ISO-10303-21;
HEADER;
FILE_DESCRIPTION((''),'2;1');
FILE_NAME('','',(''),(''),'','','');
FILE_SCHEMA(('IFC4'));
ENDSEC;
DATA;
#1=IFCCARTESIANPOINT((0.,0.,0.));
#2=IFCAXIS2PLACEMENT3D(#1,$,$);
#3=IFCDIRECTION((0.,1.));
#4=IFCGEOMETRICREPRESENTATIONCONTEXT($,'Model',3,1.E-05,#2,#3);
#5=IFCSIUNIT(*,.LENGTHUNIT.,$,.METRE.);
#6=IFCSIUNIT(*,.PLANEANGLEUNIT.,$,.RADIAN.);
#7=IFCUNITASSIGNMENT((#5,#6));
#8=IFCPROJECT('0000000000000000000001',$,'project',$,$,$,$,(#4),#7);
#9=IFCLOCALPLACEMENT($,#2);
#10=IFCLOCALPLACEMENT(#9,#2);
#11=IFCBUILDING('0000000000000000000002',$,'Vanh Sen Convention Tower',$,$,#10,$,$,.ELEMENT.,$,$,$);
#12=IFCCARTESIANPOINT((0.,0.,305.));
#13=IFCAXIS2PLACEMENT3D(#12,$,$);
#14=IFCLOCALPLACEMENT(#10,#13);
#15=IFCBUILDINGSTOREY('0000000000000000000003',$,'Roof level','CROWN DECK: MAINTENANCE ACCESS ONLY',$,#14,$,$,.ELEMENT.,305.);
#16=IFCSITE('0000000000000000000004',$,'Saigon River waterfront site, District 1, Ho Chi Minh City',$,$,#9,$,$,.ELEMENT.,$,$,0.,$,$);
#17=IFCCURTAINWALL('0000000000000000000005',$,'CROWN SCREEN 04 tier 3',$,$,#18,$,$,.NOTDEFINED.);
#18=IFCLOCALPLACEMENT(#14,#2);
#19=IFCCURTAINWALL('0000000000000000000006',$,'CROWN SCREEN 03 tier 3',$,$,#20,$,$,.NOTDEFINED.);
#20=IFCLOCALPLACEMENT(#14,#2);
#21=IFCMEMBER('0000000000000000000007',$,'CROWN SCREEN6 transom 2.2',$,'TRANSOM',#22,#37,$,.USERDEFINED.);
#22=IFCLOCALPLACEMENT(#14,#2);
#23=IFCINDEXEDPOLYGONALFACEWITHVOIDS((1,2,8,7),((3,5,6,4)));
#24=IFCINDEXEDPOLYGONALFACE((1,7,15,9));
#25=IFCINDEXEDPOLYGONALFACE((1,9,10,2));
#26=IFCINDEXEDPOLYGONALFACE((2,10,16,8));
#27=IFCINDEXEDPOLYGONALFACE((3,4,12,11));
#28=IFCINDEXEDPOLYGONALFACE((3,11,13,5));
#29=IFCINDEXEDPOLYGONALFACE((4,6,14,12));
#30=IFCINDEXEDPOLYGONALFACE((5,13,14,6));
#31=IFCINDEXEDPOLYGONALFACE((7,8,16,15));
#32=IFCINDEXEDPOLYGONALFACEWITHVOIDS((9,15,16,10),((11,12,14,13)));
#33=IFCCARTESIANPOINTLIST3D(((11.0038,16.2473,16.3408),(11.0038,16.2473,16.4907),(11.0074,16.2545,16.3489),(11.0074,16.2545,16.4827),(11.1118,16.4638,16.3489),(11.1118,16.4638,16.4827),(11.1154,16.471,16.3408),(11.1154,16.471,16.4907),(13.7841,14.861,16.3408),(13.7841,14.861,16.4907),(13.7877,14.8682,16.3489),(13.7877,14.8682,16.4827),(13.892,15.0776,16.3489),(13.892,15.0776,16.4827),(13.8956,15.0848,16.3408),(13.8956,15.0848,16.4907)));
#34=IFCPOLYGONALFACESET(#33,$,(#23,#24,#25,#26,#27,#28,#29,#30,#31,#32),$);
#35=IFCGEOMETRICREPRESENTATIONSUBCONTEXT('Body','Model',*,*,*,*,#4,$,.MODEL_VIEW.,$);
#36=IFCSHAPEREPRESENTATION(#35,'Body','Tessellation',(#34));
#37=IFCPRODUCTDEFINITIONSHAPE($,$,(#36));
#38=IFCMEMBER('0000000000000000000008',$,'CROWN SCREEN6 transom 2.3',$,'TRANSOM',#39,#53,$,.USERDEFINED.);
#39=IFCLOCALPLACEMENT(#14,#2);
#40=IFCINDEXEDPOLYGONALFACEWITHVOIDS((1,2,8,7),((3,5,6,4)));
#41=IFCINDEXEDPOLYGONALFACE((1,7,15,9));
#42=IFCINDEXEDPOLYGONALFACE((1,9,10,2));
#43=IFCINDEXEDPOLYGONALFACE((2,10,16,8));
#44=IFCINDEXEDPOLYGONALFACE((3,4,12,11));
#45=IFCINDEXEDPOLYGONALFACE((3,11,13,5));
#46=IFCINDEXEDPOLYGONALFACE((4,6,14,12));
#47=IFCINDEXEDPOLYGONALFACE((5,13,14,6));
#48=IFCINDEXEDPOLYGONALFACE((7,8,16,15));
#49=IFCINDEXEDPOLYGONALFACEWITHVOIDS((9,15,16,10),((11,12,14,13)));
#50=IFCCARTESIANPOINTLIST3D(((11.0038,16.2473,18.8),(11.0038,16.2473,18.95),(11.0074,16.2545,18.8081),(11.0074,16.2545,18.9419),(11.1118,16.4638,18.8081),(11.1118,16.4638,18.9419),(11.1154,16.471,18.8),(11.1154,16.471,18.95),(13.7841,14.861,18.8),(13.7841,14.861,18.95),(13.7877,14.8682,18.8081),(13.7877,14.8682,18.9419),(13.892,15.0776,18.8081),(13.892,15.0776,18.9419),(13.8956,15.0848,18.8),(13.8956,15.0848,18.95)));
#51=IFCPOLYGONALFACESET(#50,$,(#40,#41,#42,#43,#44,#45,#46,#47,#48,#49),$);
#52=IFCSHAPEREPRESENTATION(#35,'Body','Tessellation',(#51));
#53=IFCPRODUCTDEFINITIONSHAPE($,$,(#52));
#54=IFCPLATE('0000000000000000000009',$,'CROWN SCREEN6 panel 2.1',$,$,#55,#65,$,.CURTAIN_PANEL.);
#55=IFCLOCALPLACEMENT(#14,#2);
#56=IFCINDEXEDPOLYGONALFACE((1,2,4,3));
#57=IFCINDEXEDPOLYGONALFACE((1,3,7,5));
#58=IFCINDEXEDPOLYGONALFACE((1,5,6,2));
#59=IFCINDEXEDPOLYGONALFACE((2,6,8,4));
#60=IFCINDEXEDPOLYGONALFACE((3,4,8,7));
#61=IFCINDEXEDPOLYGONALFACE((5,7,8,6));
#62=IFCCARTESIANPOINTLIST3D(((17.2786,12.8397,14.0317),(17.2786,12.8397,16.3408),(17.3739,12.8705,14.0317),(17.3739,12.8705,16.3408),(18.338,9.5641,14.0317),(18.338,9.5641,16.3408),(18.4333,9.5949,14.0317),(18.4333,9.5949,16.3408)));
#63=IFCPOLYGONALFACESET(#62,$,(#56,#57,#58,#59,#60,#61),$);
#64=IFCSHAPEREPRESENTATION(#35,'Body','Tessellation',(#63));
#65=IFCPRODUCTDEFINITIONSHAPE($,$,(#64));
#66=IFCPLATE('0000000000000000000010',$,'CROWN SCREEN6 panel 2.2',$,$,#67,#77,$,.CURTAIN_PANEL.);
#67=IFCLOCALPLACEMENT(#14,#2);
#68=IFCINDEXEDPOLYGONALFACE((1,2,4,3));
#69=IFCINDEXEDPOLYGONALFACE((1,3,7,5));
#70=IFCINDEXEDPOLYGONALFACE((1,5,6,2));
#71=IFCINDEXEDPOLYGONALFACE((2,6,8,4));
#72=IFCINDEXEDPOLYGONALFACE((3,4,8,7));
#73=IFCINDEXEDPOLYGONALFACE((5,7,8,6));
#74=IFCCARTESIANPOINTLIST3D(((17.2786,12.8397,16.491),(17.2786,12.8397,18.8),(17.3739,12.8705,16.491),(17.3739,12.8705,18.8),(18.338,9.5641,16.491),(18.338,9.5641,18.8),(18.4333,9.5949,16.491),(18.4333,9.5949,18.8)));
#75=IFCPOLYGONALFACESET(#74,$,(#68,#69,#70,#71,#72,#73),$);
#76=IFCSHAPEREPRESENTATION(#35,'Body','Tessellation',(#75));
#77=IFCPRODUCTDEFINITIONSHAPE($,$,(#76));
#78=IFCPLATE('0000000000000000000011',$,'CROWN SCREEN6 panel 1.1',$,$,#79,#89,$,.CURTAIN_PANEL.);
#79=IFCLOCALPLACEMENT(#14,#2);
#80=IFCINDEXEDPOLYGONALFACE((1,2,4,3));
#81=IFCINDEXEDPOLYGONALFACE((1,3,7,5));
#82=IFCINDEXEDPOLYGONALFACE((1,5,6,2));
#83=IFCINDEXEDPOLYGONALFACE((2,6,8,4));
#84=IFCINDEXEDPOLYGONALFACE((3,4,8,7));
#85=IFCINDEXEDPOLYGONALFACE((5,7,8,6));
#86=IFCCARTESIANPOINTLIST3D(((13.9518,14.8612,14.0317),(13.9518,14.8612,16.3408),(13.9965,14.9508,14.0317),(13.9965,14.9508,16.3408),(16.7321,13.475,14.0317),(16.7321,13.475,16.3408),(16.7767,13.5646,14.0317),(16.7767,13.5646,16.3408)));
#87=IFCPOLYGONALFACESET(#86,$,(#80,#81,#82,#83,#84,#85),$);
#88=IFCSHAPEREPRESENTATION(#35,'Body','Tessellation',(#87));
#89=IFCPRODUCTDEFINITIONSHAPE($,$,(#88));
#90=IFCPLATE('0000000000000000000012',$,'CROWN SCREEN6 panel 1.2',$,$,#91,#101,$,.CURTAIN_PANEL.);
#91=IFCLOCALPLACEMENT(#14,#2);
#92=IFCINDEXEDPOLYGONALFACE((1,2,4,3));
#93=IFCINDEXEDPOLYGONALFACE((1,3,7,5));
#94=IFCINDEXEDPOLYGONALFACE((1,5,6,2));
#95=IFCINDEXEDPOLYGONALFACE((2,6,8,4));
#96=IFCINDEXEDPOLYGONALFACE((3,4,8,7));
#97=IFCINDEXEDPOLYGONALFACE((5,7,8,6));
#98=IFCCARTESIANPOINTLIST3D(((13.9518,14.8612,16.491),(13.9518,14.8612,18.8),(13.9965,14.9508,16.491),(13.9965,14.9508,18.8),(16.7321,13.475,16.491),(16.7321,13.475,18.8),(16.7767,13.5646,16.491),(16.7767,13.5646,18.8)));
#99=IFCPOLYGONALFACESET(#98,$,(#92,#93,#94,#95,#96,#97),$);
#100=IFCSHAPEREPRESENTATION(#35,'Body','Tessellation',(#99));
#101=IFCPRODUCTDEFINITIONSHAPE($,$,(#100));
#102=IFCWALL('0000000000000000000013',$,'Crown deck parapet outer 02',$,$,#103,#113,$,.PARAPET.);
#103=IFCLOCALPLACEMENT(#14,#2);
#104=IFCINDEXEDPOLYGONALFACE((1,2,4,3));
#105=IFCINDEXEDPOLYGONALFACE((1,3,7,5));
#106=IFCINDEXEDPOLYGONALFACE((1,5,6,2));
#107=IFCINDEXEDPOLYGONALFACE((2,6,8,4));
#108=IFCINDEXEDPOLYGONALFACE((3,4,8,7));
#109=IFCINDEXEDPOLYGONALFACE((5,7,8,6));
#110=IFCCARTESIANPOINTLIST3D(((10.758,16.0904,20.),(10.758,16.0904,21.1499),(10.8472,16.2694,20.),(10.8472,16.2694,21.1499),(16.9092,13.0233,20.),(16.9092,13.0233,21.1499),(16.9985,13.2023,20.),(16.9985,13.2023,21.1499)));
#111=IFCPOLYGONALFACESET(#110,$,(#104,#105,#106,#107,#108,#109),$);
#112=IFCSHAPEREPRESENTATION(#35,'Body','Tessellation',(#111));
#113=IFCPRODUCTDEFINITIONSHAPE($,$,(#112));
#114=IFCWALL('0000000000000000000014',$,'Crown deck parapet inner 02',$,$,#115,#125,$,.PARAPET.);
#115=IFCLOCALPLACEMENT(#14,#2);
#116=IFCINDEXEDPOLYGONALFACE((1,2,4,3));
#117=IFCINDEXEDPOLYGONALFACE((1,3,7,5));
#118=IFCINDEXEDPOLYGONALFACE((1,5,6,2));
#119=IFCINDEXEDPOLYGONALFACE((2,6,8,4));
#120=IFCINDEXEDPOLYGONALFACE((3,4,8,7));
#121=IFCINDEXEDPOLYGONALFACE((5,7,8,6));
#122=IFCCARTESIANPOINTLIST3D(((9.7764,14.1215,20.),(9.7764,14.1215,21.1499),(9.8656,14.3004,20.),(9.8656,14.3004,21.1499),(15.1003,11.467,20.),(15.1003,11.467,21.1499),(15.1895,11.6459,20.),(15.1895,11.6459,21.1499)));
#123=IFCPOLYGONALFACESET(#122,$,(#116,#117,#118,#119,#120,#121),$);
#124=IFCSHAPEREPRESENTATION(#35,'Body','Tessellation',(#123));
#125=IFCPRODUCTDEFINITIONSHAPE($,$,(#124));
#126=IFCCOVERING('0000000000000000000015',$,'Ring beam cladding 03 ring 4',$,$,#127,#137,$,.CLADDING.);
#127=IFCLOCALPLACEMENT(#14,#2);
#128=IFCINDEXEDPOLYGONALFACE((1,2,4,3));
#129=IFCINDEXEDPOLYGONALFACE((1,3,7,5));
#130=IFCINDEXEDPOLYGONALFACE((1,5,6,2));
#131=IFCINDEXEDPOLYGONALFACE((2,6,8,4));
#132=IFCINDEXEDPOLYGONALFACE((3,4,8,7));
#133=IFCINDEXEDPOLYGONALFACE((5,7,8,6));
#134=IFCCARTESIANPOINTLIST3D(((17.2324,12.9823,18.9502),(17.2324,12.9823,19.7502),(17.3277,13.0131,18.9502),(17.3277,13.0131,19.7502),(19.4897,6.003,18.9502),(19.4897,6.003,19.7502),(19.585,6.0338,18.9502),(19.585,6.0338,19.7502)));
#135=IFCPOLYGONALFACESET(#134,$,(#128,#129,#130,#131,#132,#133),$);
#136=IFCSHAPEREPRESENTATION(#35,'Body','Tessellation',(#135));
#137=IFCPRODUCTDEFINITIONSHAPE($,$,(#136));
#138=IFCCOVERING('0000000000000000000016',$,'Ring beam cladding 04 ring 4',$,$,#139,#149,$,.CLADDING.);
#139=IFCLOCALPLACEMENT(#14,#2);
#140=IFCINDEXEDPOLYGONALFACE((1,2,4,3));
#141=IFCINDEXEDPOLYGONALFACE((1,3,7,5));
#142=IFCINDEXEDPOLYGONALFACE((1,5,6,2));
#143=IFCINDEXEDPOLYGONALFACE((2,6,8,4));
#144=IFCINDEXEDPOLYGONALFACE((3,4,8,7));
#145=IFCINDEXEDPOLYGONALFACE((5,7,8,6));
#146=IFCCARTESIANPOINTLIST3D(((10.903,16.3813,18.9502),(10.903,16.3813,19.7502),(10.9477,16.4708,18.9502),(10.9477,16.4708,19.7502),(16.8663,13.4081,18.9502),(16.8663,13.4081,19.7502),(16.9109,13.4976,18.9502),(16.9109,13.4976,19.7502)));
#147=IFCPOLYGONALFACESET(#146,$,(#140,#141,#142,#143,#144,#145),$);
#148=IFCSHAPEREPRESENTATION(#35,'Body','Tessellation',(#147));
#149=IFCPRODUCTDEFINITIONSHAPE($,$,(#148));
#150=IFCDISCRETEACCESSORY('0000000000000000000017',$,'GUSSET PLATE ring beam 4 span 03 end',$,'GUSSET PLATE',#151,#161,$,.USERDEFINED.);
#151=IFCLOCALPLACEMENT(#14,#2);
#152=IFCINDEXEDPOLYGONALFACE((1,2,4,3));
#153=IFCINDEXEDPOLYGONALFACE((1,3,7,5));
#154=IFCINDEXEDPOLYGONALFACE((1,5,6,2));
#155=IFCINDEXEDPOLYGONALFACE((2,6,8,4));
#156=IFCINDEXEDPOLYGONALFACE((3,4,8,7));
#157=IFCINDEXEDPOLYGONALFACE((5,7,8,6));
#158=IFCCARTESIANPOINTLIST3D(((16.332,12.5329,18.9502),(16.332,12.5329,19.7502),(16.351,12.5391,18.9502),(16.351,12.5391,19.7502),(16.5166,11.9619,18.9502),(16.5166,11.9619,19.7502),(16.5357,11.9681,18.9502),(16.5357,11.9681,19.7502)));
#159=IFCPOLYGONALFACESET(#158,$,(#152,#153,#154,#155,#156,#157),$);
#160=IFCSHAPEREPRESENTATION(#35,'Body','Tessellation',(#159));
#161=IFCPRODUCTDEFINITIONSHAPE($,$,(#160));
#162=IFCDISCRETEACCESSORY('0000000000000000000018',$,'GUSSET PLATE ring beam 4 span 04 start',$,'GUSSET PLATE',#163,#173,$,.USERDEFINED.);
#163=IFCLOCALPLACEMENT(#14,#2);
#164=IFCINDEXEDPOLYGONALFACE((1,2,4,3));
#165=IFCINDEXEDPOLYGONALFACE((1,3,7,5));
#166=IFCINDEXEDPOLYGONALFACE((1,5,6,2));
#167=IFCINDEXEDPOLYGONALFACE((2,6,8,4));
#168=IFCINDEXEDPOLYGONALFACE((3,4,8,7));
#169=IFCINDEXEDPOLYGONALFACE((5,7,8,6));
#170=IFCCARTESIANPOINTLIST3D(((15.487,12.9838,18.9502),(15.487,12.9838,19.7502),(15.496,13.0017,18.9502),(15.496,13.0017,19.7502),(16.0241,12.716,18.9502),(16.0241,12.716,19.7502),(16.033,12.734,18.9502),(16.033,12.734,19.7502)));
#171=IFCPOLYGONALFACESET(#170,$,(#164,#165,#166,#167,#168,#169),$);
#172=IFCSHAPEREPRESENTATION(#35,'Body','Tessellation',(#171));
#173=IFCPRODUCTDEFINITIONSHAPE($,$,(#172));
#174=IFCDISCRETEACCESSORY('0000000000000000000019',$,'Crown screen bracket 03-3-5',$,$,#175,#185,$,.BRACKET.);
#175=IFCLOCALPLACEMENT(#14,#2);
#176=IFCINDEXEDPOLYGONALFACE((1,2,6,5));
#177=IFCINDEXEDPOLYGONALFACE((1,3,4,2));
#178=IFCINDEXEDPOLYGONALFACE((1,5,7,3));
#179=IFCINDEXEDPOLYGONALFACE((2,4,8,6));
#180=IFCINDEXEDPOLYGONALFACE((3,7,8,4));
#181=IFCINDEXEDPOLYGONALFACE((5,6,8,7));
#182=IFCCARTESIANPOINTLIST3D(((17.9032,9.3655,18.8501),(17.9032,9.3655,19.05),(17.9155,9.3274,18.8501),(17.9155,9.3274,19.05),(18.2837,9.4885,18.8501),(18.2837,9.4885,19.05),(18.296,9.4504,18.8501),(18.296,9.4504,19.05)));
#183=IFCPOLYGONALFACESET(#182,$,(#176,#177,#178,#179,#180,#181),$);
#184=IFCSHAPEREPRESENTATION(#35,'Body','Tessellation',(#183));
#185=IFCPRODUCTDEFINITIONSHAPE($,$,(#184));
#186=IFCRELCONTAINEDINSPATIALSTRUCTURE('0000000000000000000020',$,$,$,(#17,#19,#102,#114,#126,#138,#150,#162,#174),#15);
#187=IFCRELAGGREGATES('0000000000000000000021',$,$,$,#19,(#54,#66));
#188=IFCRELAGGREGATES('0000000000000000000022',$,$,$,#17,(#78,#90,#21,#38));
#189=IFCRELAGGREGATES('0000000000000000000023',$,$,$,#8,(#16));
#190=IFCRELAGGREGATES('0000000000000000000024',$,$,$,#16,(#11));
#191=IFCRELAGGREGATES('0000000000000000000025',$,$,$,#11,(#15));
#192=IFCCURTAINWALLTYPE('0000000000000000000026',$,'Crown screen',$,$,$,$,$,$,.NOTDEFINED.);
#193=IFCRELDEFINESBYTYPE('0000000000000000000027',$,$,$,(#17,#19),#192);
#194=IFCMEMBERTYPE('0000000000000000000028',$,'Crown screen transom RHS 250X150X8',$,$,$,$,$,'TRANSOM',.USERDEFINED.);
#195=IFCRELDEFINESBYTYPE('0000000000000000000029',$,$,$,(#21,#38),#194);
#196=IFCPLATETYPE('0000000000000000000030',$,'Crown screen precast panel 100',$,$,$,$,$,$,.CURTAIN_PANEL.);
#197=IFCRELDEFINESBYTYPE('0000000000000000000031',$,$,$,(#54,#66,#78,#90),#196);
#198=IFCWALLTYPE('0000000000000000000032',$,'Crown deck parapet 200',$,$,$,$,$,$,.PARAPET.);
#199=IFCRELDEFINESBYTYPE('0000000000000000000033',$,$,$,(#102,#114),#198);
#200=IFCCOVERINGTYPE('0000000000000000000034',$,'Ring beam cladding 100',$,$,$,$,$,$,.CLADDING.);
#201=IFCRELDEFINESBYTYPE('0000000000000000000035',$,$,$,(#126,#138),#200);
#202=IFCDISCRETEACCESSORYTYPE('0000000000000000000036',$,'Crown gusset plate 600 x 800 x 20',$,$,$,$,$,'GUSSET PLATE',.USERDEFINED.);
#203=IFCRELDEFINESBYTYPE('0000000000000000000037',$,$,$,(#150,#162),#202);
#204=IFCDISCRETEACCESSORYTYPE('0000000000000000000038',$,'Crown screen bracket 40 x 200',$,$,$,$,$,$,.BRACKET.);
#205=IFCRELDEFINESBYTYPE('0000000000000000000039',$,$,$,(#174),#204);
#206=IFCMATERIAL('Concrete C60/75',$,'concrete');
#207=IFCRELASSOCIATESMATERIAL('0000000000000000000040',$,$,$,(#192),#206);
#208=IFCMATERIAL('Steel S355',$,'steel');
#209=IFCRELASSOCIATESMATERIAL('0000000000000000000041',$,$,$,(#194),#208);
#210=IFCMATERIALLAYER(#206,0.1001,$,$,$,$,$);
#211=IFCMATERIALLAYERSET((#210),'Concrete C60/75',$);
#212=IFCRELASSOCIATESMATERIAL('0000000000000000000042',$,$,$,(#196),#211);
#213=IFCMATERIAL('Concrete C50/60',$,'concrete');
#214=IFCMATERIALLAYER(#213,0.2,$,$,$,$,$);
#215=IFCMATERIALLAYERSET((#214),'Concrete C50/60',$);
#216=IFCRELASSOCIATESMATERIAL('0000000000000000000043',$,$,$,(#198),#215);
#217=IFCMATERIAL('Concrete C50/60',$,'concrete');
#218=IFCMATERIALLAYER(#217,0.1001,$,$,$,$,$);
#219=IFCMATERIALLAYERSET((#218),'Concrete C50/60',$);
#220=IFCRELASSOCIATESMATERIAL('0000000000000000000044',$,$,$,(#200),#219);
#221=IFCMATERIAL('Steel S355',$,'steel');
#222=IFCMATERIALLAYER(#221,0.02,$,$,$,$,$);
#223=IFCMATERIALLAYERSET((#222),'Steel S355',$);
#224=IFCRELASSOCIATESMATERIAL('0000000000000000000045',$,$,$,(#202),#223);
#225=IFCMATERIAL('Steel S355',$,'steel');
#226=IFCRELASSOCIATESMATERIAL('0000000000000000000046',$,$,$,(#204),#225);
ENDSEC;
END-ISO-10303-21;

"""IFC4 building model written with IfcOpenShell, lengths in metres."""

from ifc_helpers import new_model, si_unit, direction, frame, frame_2d, origin, origin_2d, place, context, subcontext, project, spatial, rectangle, hollow_rectangle, extrude, material, layer, layer_set, material_profile, profile_set, type_object, element, aggregate, save


model = new_model("IFC4")

# Units and contexts
model_context = context("Model", 3, precision=1e-05, world=origin(), true_north=direction((0.0, 1.0)))
body_context = subcontext(model_context, "Body", "Model", "MODEL_VIEW")
ifc_project = project(units=[si_unit("LENGTHUNIT", "METRE"), si_unit("PLANEANGLEUNIT", "RADIAN")], contexts=[model_context])

# Site, building, storey
site_placement = place(None, origin())
site = spatial("IfcSite", under=ifc_project, at=site_placement, Name="Saigon River waterfront site, District 1, Ho Chi Minh City", CompositionType="ELEMENT", RefElevation=0.0)
building_placement = place(site_placement, origin())
building = spatial("IfcBuilding", under=site, at=building_placement, Name="Vanh Sen Convention Tower", CompositionType="ELEMENT")
storey_placement = place(building_placement, frame((0.0, 0.0, 305.0)))
storey = spatial("IfcBuildingStorey", under=building, at=storey_placement, Name="Roof level", Description="CROWN DECK: MAINTENANCE ACCESS ONLY", CompositionType="ELEMENT", Elevation=305.0)

# Curtain walls
ifc_material_1 = material(Name="Concrete C60/75", Category="concrete")
curtain_wall_type = type_object("IfcCurtainWallType", Name="Crown screen", PredefinedType="NOTDEFINED", material=ifc_material_1)
curtain_wall_1_placement = place(storey_placement, origin())
curtain_wall_1 = element("IfcCurtainWall", 1, at=curtain_wall_1_placement, inside=storey, type_object=curtain_wall_type, Name="CROWN SCREEN 04 tier 3", PredefinedType="NOTDEFINED")
ifc_material_2 = material(Name="Steel S355", Category="steel")
curtain_wall_2_placement = place(storey_placement, origin())
curtain_wall_2 = element("IfcCurtainWall", 2, at=curtain_wall_2_placement, inside=storey, type_object=curtain_wall_type, Name="CROWN SCREEN 03 tier 3", PredefinedType="NOTDEFINED")
ifc_material_profile_1 = material_profile(ifc_material_2, hollow_rectangle(XDim=0.25, YDim=0.1499, WallThickness=0.0081, at=origin_2d()), Name="RHS 250X150X8")
ifc_profile_set_1 = profile_set([ifc_material_profile_1], Name="Steel S355")
member_type_1 = type_object("IfcMemberType", Name="Crown screen transom RHS 250X150X8", ElementType="TRANSOM", PredefinedType="USERDEFINED", material=ifc_profile_set_1)

# Members
member_1_placement = place(storey_placement, frame((13.8398, 14.9729, 16.4158), z_axis=(-0.89493, 0.446207, 0.0), x_axis=(-0.446207, -0.89493, 0.0)))
member_1 = element("IfcMember", 3, at=member_1_placement, type_object=member_type_1, Name="CROWN SCREEN6 transom 2.2", ObjectType="TRANSOM", PredefinedType="USERDEFINED", context=body_context, shape_type="SweptSolid", body=[
    extrude(hollow_rectangle(XDim=0.25, YDim=0.1499, WallThickness=0.0081, at=origin_2d()), origin(), (0.0, 0.0, 1.0), 3.1067),
])
member_2_placement = place(storey_placement, frame((13.8398, 14.9729, 18.875), z_axis=(-0.89493, 0.446207, 0.0), x_axis=(-0.446207, -0.89493, 0.0)))
member_2 = element("IfcMember", 4, at=member_2_placement, type_object=member_type_1, Name="CROWN SCREEN6 transom 2.3", ObjectType="TRANSOM", PredefinedType="USERDEFINED", context=body_context, shape_type="SweptSolid", body=[
    extrude(hollow_rectangle(XDim=0.25, YDim=0.1499, WallThickness=0.0081, at=origin_2d()), origin(), (0.0, 0.0, 1.0), 3.1067),
])

# Plates
ifc_layer_1 = layer(ifc_material_1, 0.1001)
ifc_layer_set_1 = layer_set([ifc_layer_1], Name="Concrete C60/75")
plate_type = type_object("IfcPlateType", Name="Crown screen precast panel 100", PredefinedType="CURTAIN_PANEL", material=ifc_layer_set_1)
plate_1_placement = place(storey_placement, frame((17.856, 11.2173, 14.0317), z_axis=(0.0, 0.0, 1.0), x_axis=(-0.307733, 0.951473, 0.0)))
plate_1 = element("IfcPlate", 5, at=plate_1_placement, type_object=plate_type, Name="CROWN SCREEN6 panel 2.1", PredefinedType="CURTAIN_PANEL", context=body_context, shape_type="SweptSolid", body=[
    extrude(rectangle(XDim=3.4426, YDim=0.1001, at=origin_2d()), origin(), (0.0, 0.0, 1.0), 2.3091),
])
plate_2_placement = place(storey_placement, frame((17.856, 11.2173, 16.491), z_axis=(0.0, 0.0, 1.0), x_axis=(-0.307733, 0.951473, 0.0)))
plate_2 = element("IfcPlate", 6, at=plate_2_placement, type_object=plate_type, Name="CROWN SCREEN6 panel 2.2", PredefinedType="CURTAIN_PANEL", context=body_context, shape_type="SweptSolid", body=[
    extrude(rectangle(XDim=3.4426, YDim=0.1001, at=origin_2d()), origin(), (0.0, 0.0, 1.0), 2.3091),
])
aggregate(curtain_wall_2, [plate_1, plate_2])
plate_3_placement = place(storey_placement, frame((15.3643, 14.2129, 14.0317), z_axis=(0.0, 0.0, 1.0), x_axis=(-0.894931, 0.446205, 0.0)))
plate_3 = element("IfcPlate", 7, at=plate_3_placement, type_object=plate_type, Name="CROWN SCREEN6 panel 1.1", PredefinedType="CURTAIN_PANEL", context=body_context, shape_type="SweptSolid", body=[
    extrude(rectangle(XDim=3.1067, YDim=0.1001, at=origin_2d()), origin(), (0.0, 0.0, 1.0), 2.3091),
])
plate_4_placement = place(storey_placement, frame((15.3643, 14.2129, 16.491), z_axis=(0.0, 0.0, 1.0), x_axis=(-0.894931, 0.446205, 0.0)))
plate_4 = element("IfcPlate", 8, at=plate_4_placement, type_object=plate_type, Name="CROWN SCREEN6 panel 1.2", PredefinedType="CURTAIN_PANEL", context=body_context, shape_type="SweptSolid", body=[
    extrude(rectangle(XDim=3.1067, YDim=0.1001, at=origin_2d()), origin(), (0.0, 0.0, 1.0), 2.3091),
])
aggregate(curtain_wall_1, [plate_3, plate_4, member_1, member_2])

# Walls
ifc_material_3 = material(Name="Concrete C50/60", Category="concrete")
ifc_layer_2 = layer(ifc_material_3, 0.2)
ifc_layer_set_2 = layer_set([ifc_layer_2], Name="Concrete C50/60")
wall_type = type_object("IfcWallType", Name="Crown deck parapet 200", PredefinedType="PARAPET", material=ifc_layer_set_2)
wall_1_placement = place(storey_placement, frame((16.9539, 13.1128, 20.0), z_axis=(0.0, 0.0, 1.0), x_axis=(-0.894924, 0.446219, 0.0)))
element("IfcWall", 9, at=wall_1_placement, inside=storey, type_object=wall_type, Name="Crown deck parapet outer 02", PredefinedType="PARAPET", context=body_context, shape_type="SweptSolid", body=[
    extrude(rectangle(XDim=6.8735, YDim=0.2, at=frame_2d((3.4368, 0.0))), origin(), (0.0, 0.0, 1.0), 1.1499),
])
wall_2_placement = place(storey_placement, frame((15.145, 11.5564, 20.0), z_axis=(0.0, 0.0, 1.0), x_axis=(-0.894927, 0.446212, 0.0)))
element("IfcWall", 10, at=wall_2_placement, inside=storey, type_object=wall_type, Name="Crown deck parapet inner 02", PredefinedType="PARAPET", context=body_context, shape_type="SweptSolid", body=[
    extrude(rectangle(XDim=5.949, YDim=0.2, at=frame_2d((2.9746, 0.0))), origin(), (0.0, 0.0, 1.0), 1.1499),
])

# Coverings
ifc_material_4 = material(Name="Concrete C50/60", Category="concrete")
ifc_layer_3 = layer(ifc_material_4, 0.1001)
ifc_layer_set_3 = layer_set([ifc_layer_3], Name="Concrete C50/60")
covering_type = type_object("IfcCoveringType", Name="Ring beam cladding 100", PredefinedType="CLADDING", material=ifc_layer_set_3)
covering_1_placement = place(storey_placement, frame((18.4087, 9.5081, 18.9502), z_axis=(0.0, 0.0, 1.0), x_axis=(-0.307734, 0.951473, 0.0)))
element("IfcCovering", 11, at=covering_1_placement, inside=storey, type_object=covering_type, Name="Ring beam cladding 03 ring 4", PredefinedType="CLADDING", context=body_context, shape_type="SweptSolid", body=[
    extrude(rectangle(XDim=7.3352, YDim=0.1001, at=origin_2d()), origin(), (0.0, 0.0, 1.0), 0.8),
])
covering_2_placement = place(storey_placement, frame((13.907, 14.9395, 18.9502), z_axis=(0.0, 0.0, 1.0), x_axis=(-0.894931, 0.446204, 0.0)))
element("IfcCovering", 12, at=covering_2_placement, inside=storey, type_object=covering_type, Name="Ring beam cladding 04 ring 4", PredefinedType="CLADDING", context=body_context, shape_type="SweptSolid", body=[
    extrude(rectangle(XDim=6.6633, YDim=0.1001, at=origin_2d()), origin(), (0.0, 0.0, 1.0), 0.8),
])

# Discrete accessories
ifc_material_5 = material(Name="Steel S355", Category="steel")
ifc_layer_4 = layer(ifc_material_5, 0.02)
ifc_layer_set_4 = layer_set([ifc_layer_4], Name="Steel S355")
discrete_accessory_type_1 = type_object("IfcDiscreteAccessoryType", Name="Crown gusset plate 600 x 800 x 20", ElementType="GUSSET PLATE", PredefinedType="USERDEFINED", material=ifc_layer_set_4)
for number, where, z_axis, x_axis, name in (
    (13, (16.4338, 12.2505, 18.9502), (0.0, 0.0, 1.0), (0.307734, -0.951473, 0.0), "GUSSET PLATE ring beam 4 span 03 end"),
    (14, (15.76, 12.8589, 18.9502), (0.0, 0.0, 1.0), (-0.894931, 0.446204, 0.0), "GUSSET PLATE ring beam 4 span 04 start"),
):
    element("IfcDiscreteAccessory", number, at=place(storey_placement, frame(where, z_axis=z_axis, x_axis=x_axis)), inside=storey, type_object=discrete_accessory_type_1, Name=name, ObjectType="GUSSET PLATE", PredefinedType="USERDEFINED", context=body_context, shape_type="SweptSolid", body=[
        extrude(rectangle(XDim=0.6001, YDim=0.02, at=origin_2d()), origin(), (0.0, 0.0, 1.0), 0.8),
    ])
ifc_material_6 = material(Name="Steel S355", Category="steel")
discrete_accessory_type_2 = type_object("IfcDiscreteAccessoryType", Name="Crown screen bracket 40 x 200", PredefinedType="BRACKET", material=ifc_material_6)
discrete_accessory_1_placement = place(storey_placement, frame((18.0996, 9.408, 18.8501), z_axis=(0.0, 0.0, 1.0), x_axis=(0.951473, 0.307734, 0.0)))
element("IfcDiscreteAccessory", 15, at=discrete_accessory_1_placement, inside=storey, type_object=discrete_accessory_type_2, Name="Crown screen bracket 03-3-5", PredefinedType="BRACKET", context=body_context, shape_type="SweptSolid", body=[
    extrude(rectangle(XDim=0.3999, YDim=0.04, at=origin_2d()), origin(), (0.0, 0.0, 1.0), 0.2),
])

save(model, "model.ifc")
